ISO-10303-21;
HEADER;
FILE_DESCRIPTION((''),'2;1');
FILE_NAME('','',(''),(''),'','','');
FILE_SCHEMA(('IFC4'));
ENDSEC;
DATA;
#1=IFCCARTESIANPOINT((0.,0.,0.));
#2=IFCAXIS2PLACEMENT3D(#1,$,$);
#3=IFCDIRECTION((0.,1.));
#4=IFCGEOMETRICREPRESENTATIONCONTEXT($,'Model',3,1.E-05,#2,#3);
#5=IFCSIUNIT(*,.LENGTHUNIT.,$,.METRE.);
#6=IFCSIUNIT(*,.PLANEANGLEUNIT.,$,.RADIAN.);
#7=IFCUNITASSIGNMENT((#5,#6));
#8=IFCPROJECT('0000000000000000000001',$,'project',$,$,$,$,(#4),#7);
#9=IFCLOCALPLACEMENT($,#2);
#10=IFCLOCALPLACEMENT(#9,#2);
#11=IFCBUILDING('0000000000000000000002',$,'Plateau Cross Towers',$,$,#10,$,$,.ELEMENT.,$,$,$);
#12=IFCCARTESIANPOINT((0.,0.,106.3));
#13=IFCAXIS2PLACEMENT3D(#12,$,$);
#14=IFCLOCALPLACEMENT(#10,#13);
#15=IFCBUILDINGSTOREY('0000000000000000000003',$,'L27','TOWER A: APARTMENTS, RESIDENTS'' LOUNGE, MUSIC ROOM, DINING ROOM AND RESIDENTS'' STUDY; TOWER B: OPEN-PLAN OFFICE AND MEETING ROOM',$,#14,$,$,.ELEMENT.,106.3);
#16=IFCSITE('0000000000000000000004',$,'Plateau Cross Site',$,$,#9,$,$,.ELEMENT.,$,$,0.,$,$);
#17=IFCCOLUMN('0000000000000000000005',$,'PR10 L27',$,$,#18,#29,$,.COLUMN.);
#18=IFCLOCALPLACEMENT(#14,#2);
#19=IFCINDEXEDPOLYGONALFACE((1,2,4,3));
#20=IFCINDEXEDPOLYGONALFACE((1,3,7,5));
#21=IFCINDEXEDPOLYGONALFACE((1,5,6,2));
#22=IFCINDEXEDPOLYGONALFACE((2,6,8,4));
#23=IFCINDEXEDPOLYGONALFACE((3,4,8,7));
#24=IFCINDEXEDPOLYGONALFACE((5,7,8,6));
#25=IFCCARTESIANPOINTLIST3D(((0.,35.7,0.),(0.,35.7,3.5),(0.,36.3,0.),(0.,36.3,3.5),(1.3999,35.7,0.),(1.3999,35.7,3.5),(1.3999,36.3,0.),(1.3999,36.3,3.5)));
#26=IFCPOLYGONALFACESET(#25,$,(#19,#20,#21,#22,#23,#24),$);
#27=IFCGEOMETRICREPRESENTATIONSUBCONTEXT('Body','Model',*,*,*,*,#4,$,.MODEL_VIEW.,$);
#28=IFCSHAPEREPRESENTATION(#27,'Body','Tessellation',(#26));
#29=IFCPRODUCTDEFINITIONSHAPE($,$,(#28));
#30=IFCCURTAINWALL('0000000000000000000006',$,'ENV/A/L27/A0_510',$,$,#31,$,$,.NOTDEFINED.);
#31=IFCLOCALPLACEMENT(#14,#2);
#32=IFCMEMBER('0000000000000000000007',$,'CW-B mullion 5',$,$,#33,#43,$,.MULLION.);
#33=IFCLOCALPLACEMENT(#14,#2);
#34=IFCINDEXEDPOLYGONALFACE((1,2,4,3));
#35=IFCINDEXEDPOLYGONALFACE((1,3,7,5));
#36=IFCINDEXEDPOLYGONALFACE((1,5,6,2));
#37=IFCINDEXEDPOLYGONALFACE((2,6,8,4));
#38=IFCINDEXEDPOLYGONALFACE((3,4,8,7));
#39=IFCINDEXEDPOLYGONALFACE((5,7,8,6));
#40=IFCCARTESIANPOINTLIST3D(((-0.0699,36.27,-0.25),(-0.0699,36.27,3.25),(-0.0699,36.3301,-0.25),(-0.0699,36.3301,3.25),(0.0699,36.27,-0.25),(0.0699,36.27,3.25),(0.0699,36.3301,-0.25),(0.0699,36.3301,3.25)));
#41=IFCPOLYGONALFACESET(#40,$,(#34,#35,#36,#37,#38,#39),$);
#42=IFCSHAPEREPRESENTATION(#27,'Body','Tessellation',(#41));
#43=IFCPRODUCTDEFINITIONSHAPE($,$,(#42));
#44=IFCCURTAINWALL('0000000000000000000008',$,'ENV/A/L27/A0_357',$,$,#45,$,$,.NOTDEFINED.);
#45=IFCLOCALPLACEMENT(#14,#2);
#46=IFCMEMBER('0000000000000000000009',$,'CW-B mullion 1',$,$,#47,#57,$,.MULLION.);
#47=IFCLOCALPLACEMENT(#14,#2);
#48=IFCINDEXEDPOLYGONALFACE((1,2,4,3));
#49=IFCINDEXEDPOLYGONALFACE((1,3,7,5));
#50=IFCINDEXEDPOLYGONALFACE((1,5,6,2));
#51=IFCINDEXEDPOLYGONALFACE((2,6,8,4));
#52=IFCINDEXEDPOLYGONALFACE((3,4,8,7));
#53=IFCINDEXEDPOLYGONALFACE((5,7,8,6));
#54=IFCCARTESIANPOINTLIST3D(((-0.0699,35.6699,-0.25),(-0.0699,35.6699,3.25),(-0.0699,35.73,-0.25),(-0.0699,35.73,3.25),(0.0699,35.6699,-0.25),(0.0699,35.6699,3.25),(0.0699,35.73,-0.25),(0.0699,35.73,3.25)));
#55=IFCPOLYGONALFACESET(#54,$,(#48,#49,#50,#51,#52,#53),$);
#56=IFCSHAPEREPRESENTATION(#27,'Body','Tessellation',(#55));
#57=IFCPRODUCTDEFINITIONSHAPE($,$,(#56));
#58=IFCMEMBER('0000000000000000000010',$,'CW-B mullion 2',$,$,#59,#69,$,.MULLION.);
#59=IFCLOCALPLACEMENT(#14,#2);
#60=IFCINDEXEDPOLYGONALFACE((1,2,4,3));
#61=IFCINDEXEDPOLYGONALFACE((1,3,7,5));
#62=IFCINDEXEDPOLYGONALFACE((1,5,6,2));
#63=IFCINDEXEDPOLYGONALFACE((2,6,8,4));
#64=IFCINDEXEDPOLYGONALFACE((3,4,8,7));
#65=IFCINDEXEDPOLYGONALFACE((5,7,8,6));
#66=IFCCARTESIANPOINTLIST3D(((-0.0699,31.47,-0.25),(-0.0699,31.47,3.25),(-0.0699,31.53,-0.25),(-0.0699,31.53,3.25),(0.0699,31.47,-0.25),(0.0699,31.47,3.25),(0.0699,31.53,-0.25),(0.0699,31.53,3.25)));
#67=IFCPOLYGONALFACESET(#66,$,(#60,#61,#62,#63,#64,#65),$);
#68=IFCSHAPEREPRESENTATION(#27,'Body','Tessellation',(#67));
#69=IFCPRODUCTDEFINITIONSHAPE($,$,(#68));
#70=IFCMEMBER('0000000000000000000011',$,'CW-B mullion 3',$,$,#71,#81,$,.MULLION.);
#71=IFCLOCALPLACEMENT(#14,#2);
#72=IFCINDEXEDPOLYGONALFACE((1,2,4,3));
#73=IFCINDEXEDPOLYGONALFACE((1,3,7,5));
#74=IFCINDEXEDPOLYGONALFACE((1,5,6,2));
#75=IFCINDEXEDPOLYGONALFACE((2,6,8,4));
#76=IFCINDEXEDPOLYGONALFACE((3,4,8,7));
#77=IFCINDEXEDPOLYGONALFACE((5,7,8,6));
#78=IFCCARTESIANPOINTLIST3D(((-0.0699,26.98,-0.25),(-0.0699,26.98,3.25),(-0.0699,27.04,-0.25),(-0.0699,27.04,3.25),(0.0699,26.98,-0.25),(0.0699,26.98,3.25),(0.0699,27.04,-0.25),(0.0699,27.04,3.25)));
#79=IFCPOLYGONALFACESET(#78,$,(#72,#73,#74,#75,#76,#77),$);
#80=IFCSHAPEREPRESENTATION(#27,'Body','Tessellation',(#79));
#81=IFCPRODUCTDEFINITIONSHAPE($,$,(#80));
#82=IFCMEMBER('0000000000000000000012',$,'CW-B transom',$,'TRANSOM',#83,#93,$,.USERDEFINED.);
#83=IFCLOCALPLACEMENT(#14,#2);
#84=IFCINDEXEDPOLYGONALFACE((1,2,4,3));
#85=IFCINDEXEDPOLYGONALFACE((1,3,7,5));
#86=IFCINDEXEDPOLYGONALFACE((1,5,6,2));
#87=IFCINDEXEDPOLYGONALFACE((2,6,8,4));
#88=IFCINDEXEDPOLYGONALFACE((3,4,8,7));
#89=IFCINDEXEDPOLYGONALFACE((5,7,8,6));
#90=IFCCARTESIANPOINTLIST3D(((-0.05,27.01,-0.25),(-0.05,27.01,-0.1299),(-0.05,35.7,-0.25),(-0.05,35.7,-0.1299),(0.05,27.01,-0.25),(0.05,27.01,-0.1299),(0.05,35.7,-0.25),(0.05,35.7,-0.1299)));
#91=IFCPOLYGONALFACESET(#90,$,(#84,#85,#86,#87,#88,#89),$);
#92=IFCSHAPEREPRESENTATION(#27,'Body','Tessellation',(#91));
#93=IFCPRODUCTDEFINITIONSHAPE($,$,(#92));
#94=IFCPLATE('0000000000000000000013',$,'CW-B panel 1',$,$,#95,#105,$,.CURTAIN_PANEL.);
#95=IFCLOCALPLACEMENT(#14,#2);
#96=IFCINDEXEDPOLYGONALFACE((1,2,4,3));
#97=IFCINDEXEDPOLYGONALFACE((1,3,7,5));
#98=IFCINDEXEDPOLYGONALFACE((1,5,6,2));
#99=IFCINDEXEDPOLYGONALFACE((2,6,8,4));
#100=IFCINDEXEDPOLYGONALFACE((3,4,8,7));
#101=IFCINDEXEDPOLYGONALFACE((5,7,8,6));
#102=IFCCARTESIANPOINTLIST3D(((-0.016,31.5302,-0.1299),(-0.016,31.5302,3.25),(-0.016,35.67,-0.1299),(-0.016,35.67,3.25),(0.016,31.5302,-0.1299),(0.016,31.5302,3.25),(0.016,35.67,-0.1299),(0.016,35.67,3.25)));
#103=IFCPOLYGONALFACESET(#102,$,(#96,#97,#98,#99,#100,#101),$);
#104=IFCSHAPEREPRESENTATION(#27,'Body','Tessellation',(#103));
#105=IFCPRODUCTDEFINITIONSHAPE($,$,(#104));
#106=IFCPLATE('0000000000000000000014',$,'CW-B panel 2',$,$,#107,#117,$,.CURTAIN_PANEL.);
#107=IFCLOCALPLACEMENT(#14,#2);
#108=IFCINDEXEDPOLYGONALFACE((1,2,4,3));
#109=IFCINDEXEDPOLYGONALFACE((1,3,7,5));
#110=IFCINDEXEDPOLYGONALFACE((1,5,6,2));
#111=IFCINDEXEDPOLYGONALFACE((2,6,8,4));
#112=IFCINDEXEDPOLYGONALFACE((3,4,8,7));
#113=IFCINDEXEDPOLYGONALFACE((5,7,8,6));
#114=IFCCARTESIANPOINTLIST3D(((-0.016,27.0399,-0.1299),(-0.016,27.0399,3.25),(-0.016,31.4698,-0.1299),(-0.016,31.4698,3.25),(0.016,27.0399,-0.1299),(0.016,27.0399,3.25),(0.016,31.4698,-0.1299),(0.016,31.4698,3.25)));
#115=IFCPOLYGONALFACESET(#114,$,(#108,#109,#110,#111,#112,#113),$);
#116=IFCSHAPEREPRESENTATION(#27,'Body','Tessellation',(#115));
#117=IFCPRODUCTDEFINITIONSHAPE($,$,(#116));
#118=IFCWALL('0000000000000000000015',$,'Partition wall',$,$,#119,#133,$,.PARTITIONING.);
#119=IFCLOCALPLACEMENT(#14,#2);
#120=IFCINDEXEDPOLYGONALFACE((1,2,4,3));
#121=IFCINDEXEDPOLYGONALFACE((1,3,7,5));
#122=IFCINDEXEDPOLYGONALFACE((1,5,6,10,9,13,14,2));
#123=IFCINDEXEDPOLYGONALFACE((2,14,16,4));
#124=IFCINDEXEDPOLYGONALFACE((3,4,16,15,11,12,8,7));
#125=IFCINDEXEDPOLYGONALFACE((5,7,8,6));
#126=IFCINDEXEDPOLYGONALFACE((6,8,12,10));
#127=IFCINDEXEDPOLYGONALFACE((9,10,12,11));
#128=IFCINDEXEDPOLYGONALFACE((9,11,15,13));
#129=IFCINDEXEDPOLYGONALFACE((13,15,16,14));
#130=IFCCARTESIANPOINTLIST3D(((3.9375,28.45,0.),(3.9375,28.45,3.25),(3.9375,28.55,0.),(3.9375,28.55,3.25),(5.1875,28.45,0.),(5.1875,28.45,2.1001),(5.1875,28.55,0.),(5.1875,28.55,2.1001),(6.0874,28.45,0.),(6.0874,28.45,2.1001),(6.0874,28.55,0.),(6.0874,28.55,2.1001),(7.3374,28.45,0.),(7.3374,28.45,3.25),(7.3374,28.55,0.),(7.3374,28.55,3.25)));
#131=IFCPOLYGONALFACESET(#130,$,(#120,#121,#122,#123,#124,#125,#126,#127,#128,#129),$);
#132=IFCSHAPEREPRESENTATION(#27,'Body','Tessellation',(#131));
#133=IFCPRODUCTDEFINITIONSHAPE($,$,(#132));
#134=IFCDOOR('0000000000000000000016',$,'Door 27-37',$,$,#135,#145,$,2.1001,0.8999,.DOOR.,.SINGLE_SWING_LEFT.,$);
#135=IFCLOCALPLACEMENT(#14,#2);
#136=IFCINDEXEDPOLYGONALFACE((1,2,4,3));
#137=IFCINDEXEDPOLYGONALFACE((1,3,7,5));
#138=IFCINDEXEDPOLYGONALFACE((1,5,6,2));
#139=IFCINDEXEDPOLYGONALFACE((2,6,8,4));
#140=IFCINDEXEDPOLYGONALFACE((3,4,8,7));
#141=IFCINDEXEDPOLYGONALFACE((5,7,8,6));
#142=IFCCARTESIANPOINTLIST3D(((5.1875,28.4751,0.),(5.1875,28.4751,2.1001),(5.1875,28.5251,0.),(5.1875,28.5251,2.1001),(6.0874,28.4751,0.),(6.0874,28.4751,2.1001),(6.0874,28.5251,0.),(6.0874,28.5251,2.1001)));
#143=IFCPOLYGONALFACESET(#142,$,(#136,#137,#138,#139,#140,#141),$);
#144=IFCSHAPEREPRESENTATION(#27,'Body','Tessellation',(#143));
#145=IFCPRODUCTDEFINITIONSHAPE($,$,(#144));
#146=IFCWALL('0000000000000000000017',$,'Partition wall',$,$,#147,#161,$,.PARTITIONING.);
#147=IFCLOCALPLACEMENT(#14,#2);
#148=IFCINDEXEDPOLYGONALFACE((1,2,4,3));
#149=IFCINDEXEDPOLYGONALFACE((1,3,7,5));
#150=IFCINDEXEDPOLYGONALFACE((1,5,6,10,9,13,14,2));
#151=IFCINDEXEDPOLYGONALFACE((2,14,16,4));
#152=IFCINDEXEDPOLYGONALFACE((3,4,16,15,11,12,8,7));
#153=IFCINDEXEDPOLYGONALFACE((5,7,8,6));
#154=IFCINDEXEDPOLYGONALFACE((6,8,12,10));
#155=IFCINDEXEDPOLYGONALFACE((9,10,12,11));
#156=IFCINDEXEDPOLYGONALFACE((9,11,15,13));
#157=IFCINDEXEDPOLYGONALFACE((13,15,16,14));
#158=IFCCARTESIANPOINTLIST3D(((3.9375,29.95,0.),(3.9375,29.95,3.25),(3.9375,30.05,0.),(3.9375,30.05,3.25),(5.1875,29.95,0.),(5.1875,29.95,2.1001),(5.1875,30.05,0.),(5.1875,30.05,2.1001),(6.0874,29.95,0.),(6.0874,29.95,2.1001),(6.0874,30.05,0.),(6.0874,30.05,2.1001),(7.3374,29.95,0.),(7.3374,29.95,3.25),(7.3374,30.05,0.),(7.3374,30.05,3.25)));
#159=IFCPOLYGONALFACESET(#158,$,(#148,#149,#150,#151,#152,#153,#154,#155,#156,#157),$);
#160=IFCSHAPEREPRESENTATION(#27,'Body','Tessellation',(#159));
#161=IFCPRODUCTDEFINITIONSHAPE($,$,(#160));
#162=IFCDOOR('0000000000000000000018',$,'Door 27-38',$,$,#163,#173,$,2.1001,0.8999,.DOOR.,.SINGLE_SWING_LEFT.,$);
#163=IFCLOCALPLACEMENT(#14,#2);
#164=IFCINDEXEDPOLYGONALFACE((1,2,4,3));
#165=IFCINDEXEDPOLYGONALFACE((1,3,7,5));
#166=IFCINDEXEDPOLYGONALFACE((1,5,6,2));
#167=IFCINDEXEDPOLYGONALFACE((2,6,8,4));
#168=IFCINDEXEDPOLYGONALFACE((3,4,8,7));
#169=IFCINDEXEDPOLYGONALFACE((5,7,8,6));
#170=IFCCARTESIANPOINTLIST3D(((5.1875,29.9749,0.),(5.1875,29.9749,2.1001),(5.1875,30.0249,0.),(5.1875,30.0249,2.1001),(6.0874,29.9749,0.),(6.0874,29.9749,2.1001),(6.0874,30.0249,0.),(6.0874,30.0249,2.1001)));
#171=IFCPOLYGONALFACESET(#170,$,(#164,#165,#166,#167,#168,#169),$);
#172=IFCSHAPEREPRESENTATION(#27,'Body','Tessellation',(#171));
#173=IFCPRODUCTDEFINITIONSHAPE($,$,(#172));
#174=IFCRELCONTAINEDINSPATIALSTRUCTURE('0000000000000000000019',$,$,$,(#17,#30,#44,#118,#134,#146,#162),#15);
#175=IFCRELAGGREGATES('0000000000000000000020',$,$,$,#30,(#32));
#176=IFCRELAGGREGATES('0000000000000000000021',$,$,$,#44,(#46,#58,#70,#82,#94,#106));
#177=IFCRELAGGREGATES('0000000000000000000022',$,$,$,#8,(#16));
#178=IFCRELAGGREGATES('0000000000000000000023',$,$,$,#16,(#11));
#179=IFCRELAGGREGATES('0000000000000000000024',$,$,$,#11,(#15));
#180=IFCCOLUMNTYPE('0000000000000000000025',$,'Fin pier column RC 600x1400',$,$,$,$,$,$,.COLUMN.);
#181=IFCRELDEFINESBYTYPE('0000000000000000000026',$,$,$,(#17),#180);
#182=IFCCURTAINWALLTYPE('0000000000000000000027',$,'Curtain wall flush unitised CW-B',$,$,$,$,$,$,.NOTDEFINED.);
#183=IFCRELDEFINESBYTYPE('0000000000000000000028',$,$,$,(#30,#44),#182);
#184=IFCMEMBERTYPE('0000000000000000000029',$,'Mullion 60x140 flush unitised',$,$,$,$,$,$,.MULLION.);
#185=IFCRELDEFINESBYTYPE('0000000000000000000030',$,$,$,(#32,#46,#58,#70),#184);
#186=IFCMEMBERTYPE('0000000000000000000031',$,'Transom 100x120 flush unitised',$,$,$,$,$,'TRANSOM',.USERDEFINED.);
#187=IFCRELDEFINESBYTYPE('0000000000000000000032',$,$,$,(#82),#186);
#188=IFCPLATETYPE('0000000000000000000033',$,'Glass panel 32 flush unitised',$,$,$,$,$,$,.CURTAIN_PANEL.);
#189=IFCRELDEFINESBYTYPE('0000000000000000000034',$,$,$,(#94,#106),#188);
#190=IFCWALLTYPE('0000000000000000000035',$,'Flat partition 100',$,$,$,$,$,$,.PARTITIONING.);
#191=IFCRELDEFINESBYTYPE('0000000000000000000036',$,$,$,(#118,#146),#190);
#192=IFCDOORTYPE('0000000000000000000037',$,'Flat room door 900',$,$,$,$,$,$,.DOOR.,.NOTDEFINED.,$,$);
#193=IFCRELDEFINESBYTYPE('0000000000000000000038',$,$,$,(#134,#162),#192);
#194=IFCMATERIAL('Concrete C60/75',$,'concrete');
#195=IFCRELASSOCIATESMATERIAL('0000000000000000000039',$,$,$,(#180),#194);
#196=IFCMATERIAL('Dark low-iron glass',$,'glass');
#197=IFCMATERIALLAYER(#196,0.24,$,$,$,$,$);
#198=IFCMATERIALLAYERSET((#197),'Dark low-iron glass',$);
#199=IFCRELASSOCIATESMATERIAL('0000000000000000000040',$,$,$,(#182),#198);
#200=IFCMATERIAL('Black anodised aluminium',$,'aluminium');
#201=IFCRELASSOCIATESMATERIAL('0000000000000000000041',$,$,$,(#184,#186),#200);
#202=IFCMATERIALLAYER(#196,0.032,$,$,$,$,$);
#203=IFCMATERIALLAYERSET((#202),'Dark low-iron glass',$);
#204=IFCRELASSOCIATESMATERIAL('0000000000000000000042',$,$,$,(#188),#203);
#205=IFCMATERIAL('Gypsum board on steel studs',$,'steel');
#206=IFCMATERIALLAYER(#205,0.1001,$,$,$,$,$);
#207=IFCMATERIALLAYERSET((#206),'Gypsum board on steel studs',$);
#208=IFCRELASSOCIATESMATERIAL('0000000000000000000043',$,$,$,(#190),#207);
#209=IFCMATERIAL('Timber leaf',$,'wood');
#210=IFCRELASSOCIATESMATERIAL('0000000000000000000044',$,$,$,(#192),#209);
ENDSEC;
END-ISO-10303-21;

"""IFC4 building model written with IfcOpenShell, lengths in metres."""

from ifc_helpers import new_model, si_unit, direction, frame, frame_2d, origin, origin_2d, place, context, subcontext, project, spatial, rectangle, extrude, material, layer, layer_set, material_profile, profile_set, type_object, element, fill, aggregate, save


model = new_model("IFC4")

# Units and contexts
model_context = context("Model", 3, precision=1e-05, world=origin(), true_north=direction((0.0, 1.0)))
body_context = subcontext(model_context, "Body", "Model", "MODEL_VIEW")
ifc_project = project(units=[si_unit("LENGTHUNIT", "METRE"), si_unit("PLANEANGLEUNIT", "RADIAN")], contexts=[model_context])

# Site, building, storey
site_placement = place(None, origin())
site = spatial("IfcSite", under=ifc_project, at=site_placement, Name="Plateau Cross Site", CompositionType="ELEMENT", RefElevation=0.0)
building_placement = place(site_placement, origin())
building = spatial("IfcBuilding", under=site, at=building_placement, Name="Plateau Cross Towers", CompositionType="ELEMENT")
storey_placement = place(building_placement, frame((0.0, 0.0, 106.3)))
storey = spatial("IfcBuildingStorey", under=building, at=storey_placement, Name="L27", Description="TOWER A: APARTMENTS, RESIDENTS' LOUNGE, MUSIC ROOM, DINING ROOM AND RESIDENTS' STUDY; TOWER B: OPEN-PLAN OFFICE AND MEETING ROOM", CompositionType="ELEMENT", Elevation=106.3)

# Column
ifc_material_1 = material(Name="Concrete C60/75", Category="concrete")
ifc_material_profile_1 = material_profile(ifc_material_1, rectangle(XDim=0.6001, YDim=1.3999, at=origin_2d()), Name="RC 600x1400")
ifc_profile_set_1 = profile_set([ifc_material_profile_1], Name="Concrete C60/75")
column_type = type_object("IfcColumnType", Name="Fin pier column RC 600x1400", PredefinedType="COLUMN", material=ifc_profile_set_1)
column_placement = place(storey_placement, frame((0.7, 36.0, 0.0), z_axis=(0.0, 0.0, 1.0), x_axis=(0.0, 1.0, 0.0)))
element("IfcColumn", 1, at=column_placement, inside=storey, type_object=column_type, Name="PR10 L27", PredefinedType="COLUMN", context=body_context, shape_type="SweptSolid", body=[
    extrude(rectangle(XDim=0.6001, YDim=1.3999, at=origin_2d()), origin(), (0.0, 0.0, 1.0), 3.5),
])

# Curtain wall, member
ifc_material_2 = material(Name="Dark low-iron glass", Category="glass")
ifc_layer_1 = layer(ifc_material_2, 0.24)
ifc_layer_set_1 = layer_set([ifc_layer_1], Name="Dark low-iron glass")
curtain_wall_type = type_object("IfcCurtainWallType", Name="Curtain wall flush unitised CW-B", PredefinedType="NOTDEFINED", material=ifc_layer_set_1)
curtain_wall_1_placement = place(storey_placement, origin())
curtain_wall_1 = element("IfcCurtainWall", 2, at=curtain_wall_1_placement, inside=storey, type_object=curtain_wall_type, Name="ENV/A/L27/A0_510", PredefinedType="NOTDEFINED")
ifc_material_3 = material(Name="Black anodised aluminium", Category="aluminium")
ifc_material_profile_2 = material_profile(ifc_material_3, rectangle(XDim=0.0601, YDim=0.1399, at=origin_2d()), Name="MULLION 60x140")
ifc_profile_set_2 = profile_set([ifc_material_profile_2], Name="Black anodised aluminium")
member_type_1 = type_object("IfcMemberType", Name="Mullion 60x140 flush unitised", PredefinedType="MULLION", material=ifc_profile_set_2)
member_1_placement = place(storey_placement, frame((0.0, 36.3, -0.25), z_axis=(0.0, 0.0, 1.0), x_axis=(0.0, -1.0, 0.0)))
member_1 = element("IfcMember", 3, at=member_1_placement, type_object=member_type_1, Name="CW-B mullion 5", PredefinedType="MULLION", context=body_context, shape_type="SweptSolid", body=[
    extrude(rectangle(XDim=0.0601, YDim=0.1399, at=origin_2d()), origin(), (0.0, 0.0, 1.0), 3.5),
])
aggregate(curtain_wall_1, [member_1])

# Curtain wall, members, plates
curtain_wall_2_placement = place(storey_placement, origin())
curtain_wall_2 = element("IfcCurtainWall", 4, at=curtain_wall_2_placement, inside=storey, type_object=curtain_wall_type, Name="ENV/A/L27/A0_357", PredefinedType="NOTDEFINED")
member_2_placement = place(storey_placement, frame((0.0, 35.7, -0.25), z_axis=(0.0, 0.0, 1.0), x_axis=(0.0, -1.0, 0.0)))
member_2 = element("IfcMember", 5, at=member_2_placement, type_object=member_type_1, Name="CW-B mullion 1", PredefinedType="MULLION", context=body_context, shape_type="SweptSolid", body=[
    extrude(rectangle(XDim=0.0601, YDim=0.1399, at=origin_2d()), origin(), (0.0, 0.0, 1.0), 3.5),
])
member_3_placement = place(storey_placement, frame((0.0, 31.5, -0.25), z_axis=(0.0, 0.0, 1.0), x_axis=(0.0, -1.0, 0.0)))
member_3 = element("IfcMember", 6, at=member_3_placement, type_object=member_type_1, Name="CW-B mullion 2", PredefinedType="MULLION", context=body_context, shape_type="SweptSolid", body=[
    extrude(rectangle(XDim=0.0601, YDim=0.1399, at=origin_2d()), origin(), (0.0, 0.0, 1.0), 3.5),
])
member_4_placement = place(storey_placement, frame((0.0, 27.01, -0.25), z_axis=(0.0, 0.0, 1.0), x_axis=(0.0, -1.0, 0.0)))
member_4 = element("IfcMember", 7, at=member_4_placement, type_object=member_type_1, Name="CW-B mullion 3", PredefinedType="MULLION", context=body_context, shape_type="SweptSolid", body=[
    extrude(rectangle(XDim=0.0601, YDim=0.1399, at=origin_2d()), origin(), (0.0, 0.0, 1.0), 3.5),
])
ifc_material_profile_3 = material_profile(ifc_material_3, rectangle(XDim=0.1001, YDim=0.1201, at=origin_2d()), Name="TRANSOM 100x120")
ifc_profile_set_3 = profile_set([ifc_material_profile_3], Name="Black anodised aluminium")
member_type_2 = type_object("IfcMemberType", Name="Transom 100x120 flush unitised", ElementType="TRANSOM", PredefinedType="USERDEFINED", material=ifc_profile_set_3)
member_5_placement = place(storey_placement, frame((0.0, 35.7, -0.1899), z_axis=(0.0, -1.0, 0.0), x_axis=(1.0, 0.0, 0.0)))
member_5 = element("IfcMember", 8, at=member_5_placement, type_object=member_type_2, Name="CW-B transom", ObjectType="TRANSOM", PredefinedType="USERDEFINED", context=body_context, shape_type="SweptSolid", body=[
    extrude(rectangle(XDim=0.1001, YDim=0.1201, at=origin_2d()), origin(), (0.0, 0.0, 1.0), 8.6899),
])
ifc_layer_2 = layer(ifc_material_2, 0.032)
ifc_layer_set_2 = layer_set([ifc_layer_2], Name="Dark low-iron glass")
plate_type = type_object("IfcPlateType", Name="Glass panel 32 flush unitised", PredefinedType="CURTAIN_PANEL", material=ifc_layer_set_2)
plate_1_placement = place(storey_placement, frame((0.0, 33.6001, -0.1299), z_axis=(0.0, 0.0, 1.0), x_axis=(0.0, -1.0, 0.0)))
plate_1 = element("IfcPlate", 9, at=plate_1_placement, type_object=plate_type, Name="CW-B panel 1", PredefinedType="CURTAIN_PANEL", context=body_context, shape_type="SweptSolid", body=[
    extrude(rectangle(XDim=4.1399, YDim=0.032, at=origin_2d()), origin(), (0.0, 0.0, 1.0), 3.3799),
])
plate_2_placement = place(storey_placement, frame((0.0, 29.2549, -0.1299), z_axis=(0.0, 0.0, 1.0), x_axis=(0.0, -1.0, 0.0)))
plate_2 = element("IfcPlate", 10, at=plate_2_placement, type_object=plate_type, Name="CW-B panel 2", PredefinedType="CURTAIN_PANEL", context=body_context, shape_type="SweptSolid", body=[
    extrude(rectangle(XDim=4.4299, YDim=0.032, at=origin_2d()), origin(), (0.0, 0.0, 1.0), 3.3799),
])
aggregate(curtain_wall_2, [member_2, member_3, member_4, member_5, plate_1, plate_2])

# Walls, openings, doors
ifc_material_4 = material(Name="Gypsum board on steel studs", Category="steel")
ifc_layer_3 = layer(ifc_material_4, 0.1001)
ifc_layer_set_3 = layer_set([ifc_layer_3], Name="Gypsum board on steel studs")
wall_type_1 = type_object("IfcWallType", Name="Flat partition 100", PredefinedType="PARTITIONING", material=ifc_layer_set_3)
wall_1_placement = place(storey_placement, frame((7.3374, 28.5, 0.0), z_axis=(0.0, 0.0, 1.0), x_axis=(-1.0, 0.0, 0.0)))
wall_1 = element("IfcWall", 11, at=wall_1_placement, inside=storey, type_object=wall_type_1, Name="Partition wall", PredefinedType="PARTITIONING", context=body_context, shape_type="SweptSolid", body=[
    extrude(rectangle(XDim=3.3999, YDim=0.1001, at=frame_2d((1.7, 0.0))), origin(), (0.0, 0.0, 1.0), 3.25),
])
opening_1_placement = place(wall_1_placement, frame((1.25, 0.0, 0.0)))
opening_1 = element("IfcOpeningElement", 12, at=opening_1_placement, cuts=wall_1, PredefinedType="OPENING", context=body_context, shape_type="SweptSolid", body=[
    extrude(rectangle(XDim=0.8999, YDim=2.1001, at=frame_2d((0.45, 1.05))), frame((0.0, 0.0601, 0.0), z_axis=(0.0, -1.0, 0.0), x_axis=(1.0, 0.0, 0.0)), (0.0, 0.0, 1.0), 0.1201),
])
ifc_material_5 = material(Name="Timber leaf", Category="wood")
door_type = type_object("IfcDoorType", Name="Flat room door 900", OperationType="NOTDEFINED", PredefinedType="DOOR", material=ifc_material_5)
door_1_placement = place(opening_1_placement, origin())
door_1 = element("IfcDoor", 13, at=door_1_placement, inside=storey, type_object=door_type, Name="Door 27-37", OperationType="SINGLE_SWING_LEFT", OverallHeight=2.1001, OverallWidth=0.8999, PredefinedType="DOOR", context=body_context, shape_type="SweptSolid", body=[
    extrude(rectangle(XDim=0.8999, YDim=2.1001, at=frame_2d((0.45, 1.05))), frame((0.0, 0.0249, 0.0), z_axis=(0.0, -1.0, 0.0), x_axis=(1.0, 0.0, 0.0)), (0.0, 0.0, 1.0), 0.05),
])
fill(opening_1, door_1)
wall_2_placement = place(storey_placement, frame((3.9375, 30.0, 0.0), z_axis=(0.0, 0.0, 1.0), x_axis=(1.0, 0.0, 0.0)))
wall_2 = element("IfcWall", 14, at=wall_2_placement, inside=storey, type_object=wall_type_1, Name="Partition wall", PredefinedType="PARTITIONING", context=body_context, shape_type="SweptSolid", body=[
    extrude(rectangle(XDim=3.3999, YDim=0.1001, at=frame_2d((1.7, 0.0))), origin(), (0.0, 0.0, 1.0), 3.25),
])
opening_2_placement = place(wall_2_placement, frame((1.25, 0.0, 0.0)))
opening_2 = element("IfcOpeningElement", 15, at=opening_2_placement, cuts=wall_2, PredefinedType="OPENING", context=body_context, shape_type="SweptSolid", body=[
    extrude(rectangle(XDim=0.8999, YDim=2.1001, at=frame_2d((0.45, 1.05))), frame((0.0, 0.0601, 0.0), z_axis=(0.0, -1.0, 0.0), x_axis=(1.0, 0.0, 0.0)), (0.0, 0.0, 1.0), 0.1201),
])
door_2_placement = place(opening_2_placement, origin())
door_2 = element("IfcDoor", 16, at=door_2_placement, inside=storey, type_object=door_type, Name="Door 27-38", OperationType="SINGLE_SWING_LEFT", OverallHeight=2.1001, OverallWidth=0.8999, PredefinedType="DOOR", context=body_context, shape_type="SweptSolid", body=[
    extrude(rectangle(XDim=0.8999, YDim=2.1001, at=frame_2d((0.45, 1.05))), frame((0.0, 0.0249, 0.0), z_axis=(0.0, -1.0, 0.0), x_axis=(1.0, 0.0, 0.0)), (0.0, 0.0, 1.0), 0.05),
])
fill(opening_2, door_2)

save(model, "model.ifc")
